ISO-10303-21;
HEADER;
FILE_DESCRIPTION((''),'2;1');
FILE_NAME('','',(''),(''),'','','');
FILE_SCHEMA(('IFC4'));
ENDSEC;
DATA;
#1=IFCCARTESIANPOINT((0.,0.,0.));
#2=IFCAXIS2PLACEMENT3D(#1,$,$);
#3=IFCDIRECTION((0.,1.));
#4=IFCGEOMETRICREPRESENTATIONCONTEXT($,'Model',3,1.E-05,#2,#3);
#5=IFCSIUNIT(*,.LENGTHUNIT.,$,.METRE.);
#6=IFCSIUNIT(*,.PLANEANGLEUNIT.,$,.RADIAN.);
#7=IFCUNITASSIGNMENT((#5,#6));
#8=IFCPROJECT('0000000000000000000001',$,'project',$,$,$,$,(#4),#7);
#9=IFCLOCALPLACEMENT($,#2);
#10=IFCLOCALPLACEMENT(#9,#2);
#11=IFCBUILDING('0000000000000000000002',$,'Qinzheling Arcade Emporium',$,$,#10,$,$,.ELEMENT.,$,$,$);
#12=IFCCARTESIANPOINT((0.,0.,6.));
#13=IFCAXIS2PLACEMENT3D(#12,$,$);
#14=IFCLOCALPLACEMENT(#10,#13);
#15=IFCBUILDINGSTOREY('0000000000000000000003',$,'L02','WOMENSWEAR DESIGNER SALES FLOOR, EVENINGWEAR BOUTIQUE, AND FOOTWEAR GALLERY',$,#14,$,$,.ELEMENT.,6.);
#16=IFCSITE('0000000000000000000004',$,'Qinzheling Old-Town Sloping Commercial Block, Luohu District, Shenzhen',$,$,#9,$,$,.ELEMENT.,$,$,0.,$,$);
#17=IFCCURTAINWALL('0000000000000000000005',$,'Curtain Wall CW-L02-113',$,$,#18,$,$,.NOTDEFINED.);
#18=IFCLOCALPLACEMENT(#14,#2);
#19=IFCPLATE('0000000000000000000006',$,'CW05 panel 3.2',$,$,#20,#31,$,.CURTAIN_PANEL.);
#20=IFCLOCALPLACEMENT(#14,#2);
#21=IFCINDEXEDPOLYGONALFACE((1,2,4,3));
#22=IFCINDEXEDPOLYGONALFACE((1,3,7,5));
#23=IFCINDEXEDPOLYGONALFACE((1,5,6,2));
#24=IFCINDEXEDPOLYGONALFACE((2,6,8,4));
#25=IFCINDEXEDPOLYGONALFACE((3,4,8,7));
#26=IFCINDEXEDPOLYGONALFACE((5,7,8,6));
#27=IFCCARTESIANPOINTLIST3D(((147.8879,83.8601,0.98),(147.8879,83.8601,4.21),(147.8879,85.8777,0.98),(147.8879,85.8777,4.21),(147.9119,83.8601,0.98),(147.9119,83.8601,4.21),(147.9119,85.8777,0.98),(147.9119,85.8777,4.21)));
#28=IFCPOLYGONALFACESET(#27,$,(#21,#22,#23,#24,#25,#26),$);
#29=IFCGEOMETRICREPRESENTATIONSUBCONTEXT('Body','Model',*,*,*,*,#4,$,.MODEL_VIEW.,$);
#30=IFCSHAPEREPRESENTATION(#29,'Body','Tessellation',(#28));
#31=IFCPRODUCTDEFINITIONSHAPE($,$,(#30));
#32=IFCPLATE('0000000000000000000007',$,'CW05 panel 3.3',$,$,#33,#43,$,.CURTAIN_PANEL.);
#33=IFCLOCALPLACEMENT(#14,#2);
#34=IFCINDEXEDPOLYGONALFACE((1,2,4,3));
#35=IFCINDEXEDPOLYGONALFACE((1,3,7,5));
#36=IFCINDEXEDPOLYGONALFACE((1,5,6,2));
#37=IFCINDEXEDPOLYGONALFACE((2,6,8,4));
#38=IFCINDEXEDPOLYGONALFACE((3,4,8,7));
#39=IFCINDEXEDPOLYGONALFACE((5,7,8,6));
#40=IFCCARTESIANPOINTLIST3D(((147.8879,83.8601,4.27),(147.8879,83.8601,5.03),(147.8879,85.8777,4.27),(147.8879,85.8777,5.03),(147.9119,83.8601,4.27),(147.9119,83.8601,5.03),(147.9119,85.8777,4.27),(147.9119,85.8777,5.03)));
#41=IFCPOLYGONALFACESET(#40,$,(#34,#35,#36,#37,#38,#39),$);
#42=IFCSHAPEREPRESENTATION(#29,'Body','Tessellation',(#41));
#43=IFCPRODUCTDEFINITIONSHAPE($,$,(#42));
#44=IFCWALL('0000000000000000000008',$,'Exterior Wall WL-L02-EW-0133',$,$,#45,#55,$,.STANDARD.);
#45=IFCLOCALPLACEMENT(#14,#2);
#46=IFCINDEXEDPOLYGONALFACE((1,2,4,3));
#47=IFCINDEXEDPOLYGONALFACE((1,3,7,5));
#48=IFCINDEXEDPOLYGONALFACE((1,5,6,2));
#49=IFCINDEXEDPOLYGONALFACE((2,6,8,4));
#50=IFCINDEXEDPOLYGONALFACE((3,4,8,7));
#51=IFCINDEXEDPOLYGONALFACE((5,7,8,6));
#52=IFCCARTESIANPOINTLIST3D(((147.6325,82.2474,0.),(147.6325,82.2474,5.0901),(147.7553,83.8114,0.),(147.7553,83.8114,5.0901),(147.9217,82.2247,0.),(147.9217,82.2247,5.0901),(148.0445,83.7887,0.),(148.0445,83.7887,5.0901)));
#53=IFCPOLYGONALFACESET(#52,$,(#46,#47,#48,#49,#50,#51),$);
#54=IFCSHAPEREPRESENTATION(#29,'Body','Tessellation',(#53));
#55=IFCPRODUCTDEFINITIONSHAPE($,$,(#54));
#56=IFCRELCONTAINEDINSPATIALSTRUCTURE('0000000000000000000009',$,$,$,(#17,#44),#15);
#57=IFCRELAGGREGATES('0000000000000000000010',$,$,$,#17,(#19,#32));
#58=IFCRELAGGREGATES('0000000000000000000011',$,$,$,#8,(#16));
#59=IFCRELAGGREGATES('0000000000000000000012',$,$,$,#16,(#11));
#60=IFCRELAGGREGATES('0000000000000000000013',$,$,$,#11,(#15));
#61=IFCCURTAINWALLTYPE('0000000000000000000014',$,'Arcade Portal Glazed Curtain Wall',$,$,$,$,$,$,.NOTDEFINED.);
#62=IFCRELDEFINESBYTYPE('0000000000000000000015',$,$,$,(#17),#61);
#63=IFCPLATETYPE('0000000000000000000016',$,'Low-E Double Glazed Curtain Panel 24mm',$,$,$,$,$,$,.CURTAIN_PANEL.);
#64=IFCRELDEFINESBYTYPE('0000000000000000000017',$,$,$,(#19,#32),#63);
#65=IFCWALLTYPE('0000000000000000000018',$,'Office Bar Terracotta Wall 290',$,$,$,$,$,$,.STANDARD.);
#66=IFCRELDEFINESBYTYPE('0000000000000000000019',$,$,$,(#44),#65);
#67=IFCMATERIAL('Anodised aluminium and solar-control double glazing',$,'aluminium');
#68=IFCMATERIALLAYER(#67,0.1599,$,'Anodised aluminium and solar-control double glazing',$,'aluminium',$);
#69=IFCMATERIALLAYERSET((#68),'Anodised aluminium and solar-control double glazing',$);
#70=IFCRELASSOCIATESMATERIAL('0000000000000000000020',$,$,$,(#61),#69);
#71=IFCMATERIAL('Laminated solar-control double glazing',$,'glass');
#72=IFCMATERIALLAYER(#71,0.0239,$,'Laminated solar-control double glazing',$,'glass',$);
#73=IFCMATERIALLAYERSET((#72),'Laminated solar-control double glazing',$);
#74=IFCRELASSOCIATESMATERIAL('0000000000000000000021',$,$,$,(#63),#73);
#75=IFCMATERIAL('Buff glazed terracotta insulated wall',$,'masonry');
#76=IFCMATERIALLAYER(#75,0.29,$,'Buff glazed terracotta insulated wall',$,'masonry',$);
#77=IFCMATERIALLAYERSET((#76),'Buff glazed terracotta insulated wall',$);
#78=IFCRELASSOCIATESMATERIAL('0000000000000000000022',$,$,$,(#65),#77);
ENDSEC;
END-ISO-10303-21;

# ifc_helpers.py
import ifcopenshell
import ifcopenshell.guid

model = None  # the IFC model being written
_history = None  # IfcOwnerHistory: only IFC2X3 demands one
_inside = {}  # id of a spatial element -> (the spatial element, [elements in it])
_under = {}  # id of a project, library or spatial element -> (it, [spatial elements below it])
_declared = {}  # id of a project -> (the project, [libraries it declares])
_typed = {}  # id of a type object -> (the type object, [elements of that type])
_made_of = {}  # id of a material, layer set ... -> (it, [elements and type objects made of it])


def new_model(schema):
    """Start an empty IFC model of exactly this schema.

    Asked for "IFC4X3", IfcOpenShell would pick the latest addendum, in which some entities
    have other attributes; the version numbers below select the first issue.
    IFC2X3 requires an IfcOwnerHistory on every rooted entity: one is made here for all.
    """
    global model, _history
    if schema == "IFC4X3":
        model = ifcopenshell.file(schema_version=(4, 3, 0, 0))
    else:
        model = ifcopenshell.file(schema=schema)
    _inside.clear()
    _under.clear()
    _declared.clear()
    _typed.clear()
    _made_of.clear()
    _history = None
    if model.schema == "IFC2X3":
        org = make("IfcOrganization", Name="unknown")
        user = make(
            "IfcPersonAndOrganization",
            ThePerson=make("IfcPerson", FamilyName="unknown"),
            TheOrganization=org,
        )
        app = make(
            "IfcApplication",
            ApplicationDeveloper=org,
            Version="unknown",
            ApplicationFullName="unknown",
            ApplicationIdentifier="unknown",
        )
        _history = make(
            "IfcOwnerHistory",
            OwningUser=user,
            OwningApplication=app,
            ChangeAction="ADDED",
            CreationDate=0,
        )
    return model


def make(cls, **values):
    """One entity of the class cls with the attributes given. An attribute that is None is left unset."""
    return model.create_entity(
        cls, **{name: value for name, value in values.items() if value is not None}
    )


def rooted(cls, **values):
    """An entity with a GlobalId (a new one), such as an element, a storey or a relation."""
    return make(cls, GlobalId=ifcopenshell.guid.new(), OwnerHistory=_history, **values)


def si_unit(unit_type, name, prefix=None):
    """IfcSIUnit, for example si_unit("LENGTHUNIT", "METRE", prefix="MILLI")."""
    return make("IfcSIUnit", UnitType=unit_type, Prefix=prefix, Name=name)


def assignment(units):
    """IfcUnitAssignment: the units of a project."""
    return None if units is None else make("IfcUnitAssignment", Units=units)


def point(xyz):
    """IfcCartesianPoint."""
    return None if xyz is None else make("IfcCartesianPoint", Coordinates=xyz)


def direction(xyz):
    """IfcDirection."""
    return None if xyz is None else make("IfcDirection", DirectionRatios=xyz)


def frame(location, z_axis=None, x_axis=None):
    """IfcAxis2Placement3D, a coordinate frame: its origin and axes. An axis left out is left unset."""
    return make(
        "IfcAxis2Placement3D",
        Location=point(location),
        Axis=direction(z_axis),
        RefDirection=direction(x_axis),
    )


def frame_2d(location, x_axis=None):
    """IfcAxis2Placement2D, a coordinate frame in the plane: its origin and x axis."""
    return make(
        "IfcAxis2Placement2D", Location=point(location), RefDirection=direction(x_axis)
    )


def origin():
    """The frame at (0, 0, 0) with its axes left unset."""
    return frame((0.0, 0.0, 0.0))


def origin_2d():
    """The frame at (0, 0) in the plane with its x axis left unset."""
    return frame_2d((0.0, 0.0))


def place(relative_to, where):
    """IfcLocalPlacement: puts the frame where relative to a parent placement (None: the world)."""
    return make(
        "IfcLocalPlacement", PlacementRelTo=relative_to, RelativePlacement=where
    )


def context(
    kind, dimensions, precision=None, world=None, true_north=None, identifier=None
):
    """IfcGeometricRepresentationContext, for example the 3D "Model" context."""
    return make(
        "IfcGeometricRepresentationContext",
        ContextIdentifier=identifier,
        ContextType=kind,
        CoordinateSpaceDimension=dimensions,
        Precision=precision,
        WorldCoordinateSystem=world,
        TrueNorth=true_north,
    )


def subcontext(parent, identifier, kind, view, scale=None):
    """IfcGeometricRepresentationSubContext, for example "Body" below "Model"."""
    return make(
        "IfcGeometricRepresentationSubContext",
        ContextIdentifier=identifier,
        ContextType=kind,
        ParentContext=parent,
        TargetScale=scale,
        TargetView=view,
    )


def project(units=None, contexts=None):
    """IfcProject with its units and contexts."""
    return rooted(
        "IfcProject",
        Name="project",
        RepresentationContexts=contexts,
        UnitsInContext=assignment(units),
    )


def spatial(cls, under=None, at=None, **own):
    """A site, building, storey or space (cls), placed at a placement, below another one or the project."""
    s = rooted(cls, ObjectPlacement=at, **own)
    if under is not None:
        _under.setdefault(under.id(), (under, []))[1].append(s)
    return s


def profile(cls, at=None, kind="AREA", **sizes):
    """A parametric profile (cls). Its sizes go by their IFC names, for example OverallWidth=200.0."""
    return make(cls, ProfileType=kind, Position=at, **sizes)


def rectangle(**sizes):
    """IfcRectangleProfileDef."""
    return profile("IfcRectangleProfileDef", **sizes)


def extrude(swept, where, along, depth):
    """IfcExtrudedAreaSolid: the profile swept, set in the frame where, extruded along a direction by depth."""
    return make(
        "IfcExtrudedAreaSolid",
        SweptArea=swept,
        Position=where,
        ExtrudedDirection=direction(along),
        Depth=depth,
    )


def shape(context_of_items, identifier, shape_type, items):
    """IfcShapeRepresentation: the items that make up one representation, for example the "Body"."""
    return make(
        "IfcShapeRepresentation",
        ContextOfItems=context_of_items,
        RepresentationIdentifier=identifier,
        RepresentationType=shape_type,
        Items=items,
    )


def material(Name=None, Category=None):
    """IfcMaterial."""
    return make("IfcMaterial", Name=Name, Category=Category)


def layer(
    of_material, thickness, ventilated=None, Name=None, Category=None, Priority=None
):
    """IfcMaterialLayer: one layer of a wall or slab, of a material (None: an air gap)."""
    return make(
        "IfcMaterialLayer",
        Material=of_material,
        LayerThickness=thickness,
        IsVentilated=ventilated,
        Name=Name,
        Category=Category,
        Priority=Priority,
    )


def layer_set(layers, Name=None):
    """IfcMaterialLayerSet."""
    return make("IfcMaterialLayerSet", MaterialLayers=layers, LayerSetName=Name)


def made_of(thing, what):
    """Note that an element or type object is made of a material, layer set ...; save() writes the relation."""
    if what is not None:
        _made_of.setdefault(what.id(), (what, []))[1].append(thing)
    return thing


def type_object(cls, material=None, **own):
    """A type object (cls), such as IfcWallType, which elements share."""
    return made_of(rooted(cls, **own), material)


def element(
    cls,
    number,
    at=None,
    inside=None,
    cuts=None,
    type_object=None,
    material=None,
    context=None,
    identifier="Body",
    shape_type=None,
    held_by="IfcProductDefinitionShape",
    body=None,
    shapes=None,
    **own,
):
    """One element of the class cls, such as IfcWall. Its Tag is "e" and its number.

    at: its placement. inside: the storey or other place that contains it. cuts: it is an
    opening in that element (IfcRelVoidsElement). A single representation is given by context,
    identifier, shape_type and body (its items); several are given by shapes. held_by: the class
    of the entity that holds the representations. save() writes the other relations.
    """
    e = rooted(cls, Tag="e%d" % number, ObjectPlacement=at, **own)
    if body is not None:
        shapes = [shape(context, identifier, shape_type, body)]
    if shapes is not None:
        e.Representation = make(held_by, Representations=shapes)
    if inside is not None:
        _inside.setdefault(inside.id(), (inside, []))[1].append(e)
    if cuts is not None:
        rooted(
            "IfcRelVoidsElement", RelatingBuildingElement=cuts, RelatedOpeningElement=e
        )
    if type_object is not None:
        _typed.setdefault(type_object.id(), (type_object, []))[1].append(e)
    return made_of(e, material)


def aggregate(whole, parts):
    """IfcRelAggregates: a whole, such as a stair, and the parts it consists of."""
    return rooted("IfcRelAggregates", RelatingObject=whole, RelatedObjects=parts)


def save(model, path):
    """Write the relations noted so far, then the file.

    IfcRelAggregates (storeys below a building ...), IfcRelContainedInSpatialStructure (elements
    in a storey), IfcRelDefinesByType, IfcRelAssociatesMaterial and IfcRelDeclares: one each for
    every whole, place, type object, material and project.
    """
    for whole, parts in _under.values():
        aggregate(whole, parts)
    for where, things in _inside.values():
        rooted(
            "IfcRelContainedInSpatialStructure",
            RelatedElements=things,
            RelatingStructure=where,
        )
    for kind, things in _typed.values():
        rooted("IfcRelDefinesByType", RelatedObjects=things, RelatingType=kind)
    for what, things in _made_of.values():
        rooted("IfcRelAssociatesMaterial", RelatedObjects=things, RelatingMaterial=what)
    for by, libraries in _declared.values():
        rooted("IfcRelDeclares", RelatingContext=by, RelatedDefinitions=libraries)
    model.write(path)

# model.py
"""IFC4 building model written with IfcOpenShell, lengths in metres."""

from ifc_helpers import new_model, si_unit, direction, frame, frame_2d, origin, origin_2d, place, context, subcontext, project, spatial, rectangle, extrude, material, layer, layer_set, type_object, element, aggregate, save


model = new_model("IFC4")

# Units and contexts
model_context = context("Model", 3, precision=1e-05, world=origin(), true_north=direction((0.0, 1.0)))
body_context = subcontext(model_context, "Body", "Model", "MODEL_VIEW")
ifc_project = project(units=[si_unit("LENGTHUNIT", "METRE"), si_unit("PLANEANGLEUNIT", "RADIAN")], contexts=[model_context])

# Site, building, storey
site_placement = place(None, origin())
site = spatial("IfcSite", under=ifc_project, at=site_placement, Name="Qinzheling Old-Town Sloping Commercial Block, Luohu District, Shenzhen", CompositionType="ELEMENT", RefElevation=0.0)
building_placement = place(site_placement, origin())
building = spatial("IfcBuilding", under=site, at=building_placement, Name="Qinzheling Arcade Emporium", CompositionType="ELEMENT")
storey_placement = place(building_placement, frame((0.0, 0.0, 6.0)))
storey = spatial("IfcBuildingStorey", under=building, at=storey_placement, Name="L02", Description="WOMENSWEAR DESIGNER SALES FLOOR, EVENINGWEAR BOUTIQUE, AND FOOTWEAR GALLERY", CompositionType="ELEMENT", Elevation=6.0)

# Curtain wall
ifc_material_1 = material(Name="Anodised aluminium and solar-control double glazing", Category="aluminium")
ifc_layer_1 = layer(ifc_material_1, 0.1599, Name="Anodised aluminium and solar-control double glazing", Category="aluminium")
ifc_layer_set_1 = layer_set([ifc_layer_1], Name="Anodised aluminium and solar-control double glazing")
curtain_wall_type_1 = type_object("IfcCurtainWallType", Name="Arcade Portal Glazed Curtain Wall", PredefinedType="NOTDEFINED", material=ifc_layer_set_1)
curtain_wall_1_placement = place(storey_placement, origin())
curtain_wall_1 = element("IfcCurtainWall", 1, at=curtain_wall_1_placement, inside=storey, type_object=curtain_wall_type_1, Name="Curtain Wall CW-L02-113", PredefinedType="NOTDEFINED")

# Plates
ifc_material_2 = material(Name="Laminated solar-control double glazing", Category="glass")
ifc_layer_2 = layer(ifc_material_2, 0.0239, Name="Laminated solar-control double glazing", Category="glass")
ifc_layer_set_2 = layer_set([ifc_layer_2], Name="Laminated solar-control double glazing")
plate_type = type_object("IfcPlateType", Name="Low-E Double Glazed Curtain Panel 24mm", PredefinedType="CURTAIN_PANEL", material=ifc_layer_set_2)
plate_1_placement = place(storey_placement, frame((147.8999, 84.8689, 0.98), z_axis=(0.0, 0.0, 1.0), x_axis=(0.0, -1.0, 0.0)))
plate_1 = element("IfcPlate", 2, at=plate_1_placement, type_object=plate_type, Name="CW05 panel 3.2", PredefinedType="CURTAIN_PANEL", context=body_context, shape_type="SweptSolid", body=[
    extrude(rectangle(XDim=2.0176, YDim=0.0239, at=origin_2d()), origin(), (0.0, 0.0, 1.0), 3.23),
])
plate_2_placement = place(storey_placement, frame((147.8999, 84.8689, 4.27), z_axis=(0.0, 0.0, 1.0), x_axis=(0.0, -1.0, 0.0)))
plate_2 = element("IfcPlate", 3, at=plate_2_placement, type_object=plate_type, Name="CW05 panel 3.3", PredefinedType="CURTAIN_PANEL", context=body_context, shape_type="SweptSolid", body=[
    extrude(rectangle(XDim=2.0176, YDim=0.0239, at=origin_2d()), origin(), (0.0, 0.0, 1.0), 0.76),
])
aggregate(curtain_wall_1, [plate_1, plate_2])

# Wall
ifc_material_3 = material(Name="Buff glazed terracotta insulated wall", Category="masonry")
ifc_layer_3 = layer(ifc_material_3, 0.29, Name="Buff glazed terracotta insulated wall", Category="masonry")
ifc_layer_set_3 = layer_set([ifc_layer_3], Name="Buff glazed terracotta insulated wall")
wall_type = type_object("IfcWallType", Name="Office Bar Terracotta Wall 290", PredefinedType="STANDARD", material=ifc_layer_set_3)
wall_placement = place(storey_placement, frame((147.8999, 83.8, 0.0), z_axis=(0.0, 0.0, 1.0), x_axis=(-0.078279, -0.996931, 0.0)))
element("IfcWall", 4, at=wall_placement, inside=storey, type_object=wall_type, Name="Exterior Wall WL-L02-EW-0133", PredefinedType="STANDARD", context=body_context, shape_type="SweptSolid", body=[
    extrude(rectangle(XDim=1.5688, YDim=0.29, at=frame_2d((0.7844, 0.0))), origin(), (0.0, 0.0, 1.0), 5.0901),
])

save(model, "model.ifc")
